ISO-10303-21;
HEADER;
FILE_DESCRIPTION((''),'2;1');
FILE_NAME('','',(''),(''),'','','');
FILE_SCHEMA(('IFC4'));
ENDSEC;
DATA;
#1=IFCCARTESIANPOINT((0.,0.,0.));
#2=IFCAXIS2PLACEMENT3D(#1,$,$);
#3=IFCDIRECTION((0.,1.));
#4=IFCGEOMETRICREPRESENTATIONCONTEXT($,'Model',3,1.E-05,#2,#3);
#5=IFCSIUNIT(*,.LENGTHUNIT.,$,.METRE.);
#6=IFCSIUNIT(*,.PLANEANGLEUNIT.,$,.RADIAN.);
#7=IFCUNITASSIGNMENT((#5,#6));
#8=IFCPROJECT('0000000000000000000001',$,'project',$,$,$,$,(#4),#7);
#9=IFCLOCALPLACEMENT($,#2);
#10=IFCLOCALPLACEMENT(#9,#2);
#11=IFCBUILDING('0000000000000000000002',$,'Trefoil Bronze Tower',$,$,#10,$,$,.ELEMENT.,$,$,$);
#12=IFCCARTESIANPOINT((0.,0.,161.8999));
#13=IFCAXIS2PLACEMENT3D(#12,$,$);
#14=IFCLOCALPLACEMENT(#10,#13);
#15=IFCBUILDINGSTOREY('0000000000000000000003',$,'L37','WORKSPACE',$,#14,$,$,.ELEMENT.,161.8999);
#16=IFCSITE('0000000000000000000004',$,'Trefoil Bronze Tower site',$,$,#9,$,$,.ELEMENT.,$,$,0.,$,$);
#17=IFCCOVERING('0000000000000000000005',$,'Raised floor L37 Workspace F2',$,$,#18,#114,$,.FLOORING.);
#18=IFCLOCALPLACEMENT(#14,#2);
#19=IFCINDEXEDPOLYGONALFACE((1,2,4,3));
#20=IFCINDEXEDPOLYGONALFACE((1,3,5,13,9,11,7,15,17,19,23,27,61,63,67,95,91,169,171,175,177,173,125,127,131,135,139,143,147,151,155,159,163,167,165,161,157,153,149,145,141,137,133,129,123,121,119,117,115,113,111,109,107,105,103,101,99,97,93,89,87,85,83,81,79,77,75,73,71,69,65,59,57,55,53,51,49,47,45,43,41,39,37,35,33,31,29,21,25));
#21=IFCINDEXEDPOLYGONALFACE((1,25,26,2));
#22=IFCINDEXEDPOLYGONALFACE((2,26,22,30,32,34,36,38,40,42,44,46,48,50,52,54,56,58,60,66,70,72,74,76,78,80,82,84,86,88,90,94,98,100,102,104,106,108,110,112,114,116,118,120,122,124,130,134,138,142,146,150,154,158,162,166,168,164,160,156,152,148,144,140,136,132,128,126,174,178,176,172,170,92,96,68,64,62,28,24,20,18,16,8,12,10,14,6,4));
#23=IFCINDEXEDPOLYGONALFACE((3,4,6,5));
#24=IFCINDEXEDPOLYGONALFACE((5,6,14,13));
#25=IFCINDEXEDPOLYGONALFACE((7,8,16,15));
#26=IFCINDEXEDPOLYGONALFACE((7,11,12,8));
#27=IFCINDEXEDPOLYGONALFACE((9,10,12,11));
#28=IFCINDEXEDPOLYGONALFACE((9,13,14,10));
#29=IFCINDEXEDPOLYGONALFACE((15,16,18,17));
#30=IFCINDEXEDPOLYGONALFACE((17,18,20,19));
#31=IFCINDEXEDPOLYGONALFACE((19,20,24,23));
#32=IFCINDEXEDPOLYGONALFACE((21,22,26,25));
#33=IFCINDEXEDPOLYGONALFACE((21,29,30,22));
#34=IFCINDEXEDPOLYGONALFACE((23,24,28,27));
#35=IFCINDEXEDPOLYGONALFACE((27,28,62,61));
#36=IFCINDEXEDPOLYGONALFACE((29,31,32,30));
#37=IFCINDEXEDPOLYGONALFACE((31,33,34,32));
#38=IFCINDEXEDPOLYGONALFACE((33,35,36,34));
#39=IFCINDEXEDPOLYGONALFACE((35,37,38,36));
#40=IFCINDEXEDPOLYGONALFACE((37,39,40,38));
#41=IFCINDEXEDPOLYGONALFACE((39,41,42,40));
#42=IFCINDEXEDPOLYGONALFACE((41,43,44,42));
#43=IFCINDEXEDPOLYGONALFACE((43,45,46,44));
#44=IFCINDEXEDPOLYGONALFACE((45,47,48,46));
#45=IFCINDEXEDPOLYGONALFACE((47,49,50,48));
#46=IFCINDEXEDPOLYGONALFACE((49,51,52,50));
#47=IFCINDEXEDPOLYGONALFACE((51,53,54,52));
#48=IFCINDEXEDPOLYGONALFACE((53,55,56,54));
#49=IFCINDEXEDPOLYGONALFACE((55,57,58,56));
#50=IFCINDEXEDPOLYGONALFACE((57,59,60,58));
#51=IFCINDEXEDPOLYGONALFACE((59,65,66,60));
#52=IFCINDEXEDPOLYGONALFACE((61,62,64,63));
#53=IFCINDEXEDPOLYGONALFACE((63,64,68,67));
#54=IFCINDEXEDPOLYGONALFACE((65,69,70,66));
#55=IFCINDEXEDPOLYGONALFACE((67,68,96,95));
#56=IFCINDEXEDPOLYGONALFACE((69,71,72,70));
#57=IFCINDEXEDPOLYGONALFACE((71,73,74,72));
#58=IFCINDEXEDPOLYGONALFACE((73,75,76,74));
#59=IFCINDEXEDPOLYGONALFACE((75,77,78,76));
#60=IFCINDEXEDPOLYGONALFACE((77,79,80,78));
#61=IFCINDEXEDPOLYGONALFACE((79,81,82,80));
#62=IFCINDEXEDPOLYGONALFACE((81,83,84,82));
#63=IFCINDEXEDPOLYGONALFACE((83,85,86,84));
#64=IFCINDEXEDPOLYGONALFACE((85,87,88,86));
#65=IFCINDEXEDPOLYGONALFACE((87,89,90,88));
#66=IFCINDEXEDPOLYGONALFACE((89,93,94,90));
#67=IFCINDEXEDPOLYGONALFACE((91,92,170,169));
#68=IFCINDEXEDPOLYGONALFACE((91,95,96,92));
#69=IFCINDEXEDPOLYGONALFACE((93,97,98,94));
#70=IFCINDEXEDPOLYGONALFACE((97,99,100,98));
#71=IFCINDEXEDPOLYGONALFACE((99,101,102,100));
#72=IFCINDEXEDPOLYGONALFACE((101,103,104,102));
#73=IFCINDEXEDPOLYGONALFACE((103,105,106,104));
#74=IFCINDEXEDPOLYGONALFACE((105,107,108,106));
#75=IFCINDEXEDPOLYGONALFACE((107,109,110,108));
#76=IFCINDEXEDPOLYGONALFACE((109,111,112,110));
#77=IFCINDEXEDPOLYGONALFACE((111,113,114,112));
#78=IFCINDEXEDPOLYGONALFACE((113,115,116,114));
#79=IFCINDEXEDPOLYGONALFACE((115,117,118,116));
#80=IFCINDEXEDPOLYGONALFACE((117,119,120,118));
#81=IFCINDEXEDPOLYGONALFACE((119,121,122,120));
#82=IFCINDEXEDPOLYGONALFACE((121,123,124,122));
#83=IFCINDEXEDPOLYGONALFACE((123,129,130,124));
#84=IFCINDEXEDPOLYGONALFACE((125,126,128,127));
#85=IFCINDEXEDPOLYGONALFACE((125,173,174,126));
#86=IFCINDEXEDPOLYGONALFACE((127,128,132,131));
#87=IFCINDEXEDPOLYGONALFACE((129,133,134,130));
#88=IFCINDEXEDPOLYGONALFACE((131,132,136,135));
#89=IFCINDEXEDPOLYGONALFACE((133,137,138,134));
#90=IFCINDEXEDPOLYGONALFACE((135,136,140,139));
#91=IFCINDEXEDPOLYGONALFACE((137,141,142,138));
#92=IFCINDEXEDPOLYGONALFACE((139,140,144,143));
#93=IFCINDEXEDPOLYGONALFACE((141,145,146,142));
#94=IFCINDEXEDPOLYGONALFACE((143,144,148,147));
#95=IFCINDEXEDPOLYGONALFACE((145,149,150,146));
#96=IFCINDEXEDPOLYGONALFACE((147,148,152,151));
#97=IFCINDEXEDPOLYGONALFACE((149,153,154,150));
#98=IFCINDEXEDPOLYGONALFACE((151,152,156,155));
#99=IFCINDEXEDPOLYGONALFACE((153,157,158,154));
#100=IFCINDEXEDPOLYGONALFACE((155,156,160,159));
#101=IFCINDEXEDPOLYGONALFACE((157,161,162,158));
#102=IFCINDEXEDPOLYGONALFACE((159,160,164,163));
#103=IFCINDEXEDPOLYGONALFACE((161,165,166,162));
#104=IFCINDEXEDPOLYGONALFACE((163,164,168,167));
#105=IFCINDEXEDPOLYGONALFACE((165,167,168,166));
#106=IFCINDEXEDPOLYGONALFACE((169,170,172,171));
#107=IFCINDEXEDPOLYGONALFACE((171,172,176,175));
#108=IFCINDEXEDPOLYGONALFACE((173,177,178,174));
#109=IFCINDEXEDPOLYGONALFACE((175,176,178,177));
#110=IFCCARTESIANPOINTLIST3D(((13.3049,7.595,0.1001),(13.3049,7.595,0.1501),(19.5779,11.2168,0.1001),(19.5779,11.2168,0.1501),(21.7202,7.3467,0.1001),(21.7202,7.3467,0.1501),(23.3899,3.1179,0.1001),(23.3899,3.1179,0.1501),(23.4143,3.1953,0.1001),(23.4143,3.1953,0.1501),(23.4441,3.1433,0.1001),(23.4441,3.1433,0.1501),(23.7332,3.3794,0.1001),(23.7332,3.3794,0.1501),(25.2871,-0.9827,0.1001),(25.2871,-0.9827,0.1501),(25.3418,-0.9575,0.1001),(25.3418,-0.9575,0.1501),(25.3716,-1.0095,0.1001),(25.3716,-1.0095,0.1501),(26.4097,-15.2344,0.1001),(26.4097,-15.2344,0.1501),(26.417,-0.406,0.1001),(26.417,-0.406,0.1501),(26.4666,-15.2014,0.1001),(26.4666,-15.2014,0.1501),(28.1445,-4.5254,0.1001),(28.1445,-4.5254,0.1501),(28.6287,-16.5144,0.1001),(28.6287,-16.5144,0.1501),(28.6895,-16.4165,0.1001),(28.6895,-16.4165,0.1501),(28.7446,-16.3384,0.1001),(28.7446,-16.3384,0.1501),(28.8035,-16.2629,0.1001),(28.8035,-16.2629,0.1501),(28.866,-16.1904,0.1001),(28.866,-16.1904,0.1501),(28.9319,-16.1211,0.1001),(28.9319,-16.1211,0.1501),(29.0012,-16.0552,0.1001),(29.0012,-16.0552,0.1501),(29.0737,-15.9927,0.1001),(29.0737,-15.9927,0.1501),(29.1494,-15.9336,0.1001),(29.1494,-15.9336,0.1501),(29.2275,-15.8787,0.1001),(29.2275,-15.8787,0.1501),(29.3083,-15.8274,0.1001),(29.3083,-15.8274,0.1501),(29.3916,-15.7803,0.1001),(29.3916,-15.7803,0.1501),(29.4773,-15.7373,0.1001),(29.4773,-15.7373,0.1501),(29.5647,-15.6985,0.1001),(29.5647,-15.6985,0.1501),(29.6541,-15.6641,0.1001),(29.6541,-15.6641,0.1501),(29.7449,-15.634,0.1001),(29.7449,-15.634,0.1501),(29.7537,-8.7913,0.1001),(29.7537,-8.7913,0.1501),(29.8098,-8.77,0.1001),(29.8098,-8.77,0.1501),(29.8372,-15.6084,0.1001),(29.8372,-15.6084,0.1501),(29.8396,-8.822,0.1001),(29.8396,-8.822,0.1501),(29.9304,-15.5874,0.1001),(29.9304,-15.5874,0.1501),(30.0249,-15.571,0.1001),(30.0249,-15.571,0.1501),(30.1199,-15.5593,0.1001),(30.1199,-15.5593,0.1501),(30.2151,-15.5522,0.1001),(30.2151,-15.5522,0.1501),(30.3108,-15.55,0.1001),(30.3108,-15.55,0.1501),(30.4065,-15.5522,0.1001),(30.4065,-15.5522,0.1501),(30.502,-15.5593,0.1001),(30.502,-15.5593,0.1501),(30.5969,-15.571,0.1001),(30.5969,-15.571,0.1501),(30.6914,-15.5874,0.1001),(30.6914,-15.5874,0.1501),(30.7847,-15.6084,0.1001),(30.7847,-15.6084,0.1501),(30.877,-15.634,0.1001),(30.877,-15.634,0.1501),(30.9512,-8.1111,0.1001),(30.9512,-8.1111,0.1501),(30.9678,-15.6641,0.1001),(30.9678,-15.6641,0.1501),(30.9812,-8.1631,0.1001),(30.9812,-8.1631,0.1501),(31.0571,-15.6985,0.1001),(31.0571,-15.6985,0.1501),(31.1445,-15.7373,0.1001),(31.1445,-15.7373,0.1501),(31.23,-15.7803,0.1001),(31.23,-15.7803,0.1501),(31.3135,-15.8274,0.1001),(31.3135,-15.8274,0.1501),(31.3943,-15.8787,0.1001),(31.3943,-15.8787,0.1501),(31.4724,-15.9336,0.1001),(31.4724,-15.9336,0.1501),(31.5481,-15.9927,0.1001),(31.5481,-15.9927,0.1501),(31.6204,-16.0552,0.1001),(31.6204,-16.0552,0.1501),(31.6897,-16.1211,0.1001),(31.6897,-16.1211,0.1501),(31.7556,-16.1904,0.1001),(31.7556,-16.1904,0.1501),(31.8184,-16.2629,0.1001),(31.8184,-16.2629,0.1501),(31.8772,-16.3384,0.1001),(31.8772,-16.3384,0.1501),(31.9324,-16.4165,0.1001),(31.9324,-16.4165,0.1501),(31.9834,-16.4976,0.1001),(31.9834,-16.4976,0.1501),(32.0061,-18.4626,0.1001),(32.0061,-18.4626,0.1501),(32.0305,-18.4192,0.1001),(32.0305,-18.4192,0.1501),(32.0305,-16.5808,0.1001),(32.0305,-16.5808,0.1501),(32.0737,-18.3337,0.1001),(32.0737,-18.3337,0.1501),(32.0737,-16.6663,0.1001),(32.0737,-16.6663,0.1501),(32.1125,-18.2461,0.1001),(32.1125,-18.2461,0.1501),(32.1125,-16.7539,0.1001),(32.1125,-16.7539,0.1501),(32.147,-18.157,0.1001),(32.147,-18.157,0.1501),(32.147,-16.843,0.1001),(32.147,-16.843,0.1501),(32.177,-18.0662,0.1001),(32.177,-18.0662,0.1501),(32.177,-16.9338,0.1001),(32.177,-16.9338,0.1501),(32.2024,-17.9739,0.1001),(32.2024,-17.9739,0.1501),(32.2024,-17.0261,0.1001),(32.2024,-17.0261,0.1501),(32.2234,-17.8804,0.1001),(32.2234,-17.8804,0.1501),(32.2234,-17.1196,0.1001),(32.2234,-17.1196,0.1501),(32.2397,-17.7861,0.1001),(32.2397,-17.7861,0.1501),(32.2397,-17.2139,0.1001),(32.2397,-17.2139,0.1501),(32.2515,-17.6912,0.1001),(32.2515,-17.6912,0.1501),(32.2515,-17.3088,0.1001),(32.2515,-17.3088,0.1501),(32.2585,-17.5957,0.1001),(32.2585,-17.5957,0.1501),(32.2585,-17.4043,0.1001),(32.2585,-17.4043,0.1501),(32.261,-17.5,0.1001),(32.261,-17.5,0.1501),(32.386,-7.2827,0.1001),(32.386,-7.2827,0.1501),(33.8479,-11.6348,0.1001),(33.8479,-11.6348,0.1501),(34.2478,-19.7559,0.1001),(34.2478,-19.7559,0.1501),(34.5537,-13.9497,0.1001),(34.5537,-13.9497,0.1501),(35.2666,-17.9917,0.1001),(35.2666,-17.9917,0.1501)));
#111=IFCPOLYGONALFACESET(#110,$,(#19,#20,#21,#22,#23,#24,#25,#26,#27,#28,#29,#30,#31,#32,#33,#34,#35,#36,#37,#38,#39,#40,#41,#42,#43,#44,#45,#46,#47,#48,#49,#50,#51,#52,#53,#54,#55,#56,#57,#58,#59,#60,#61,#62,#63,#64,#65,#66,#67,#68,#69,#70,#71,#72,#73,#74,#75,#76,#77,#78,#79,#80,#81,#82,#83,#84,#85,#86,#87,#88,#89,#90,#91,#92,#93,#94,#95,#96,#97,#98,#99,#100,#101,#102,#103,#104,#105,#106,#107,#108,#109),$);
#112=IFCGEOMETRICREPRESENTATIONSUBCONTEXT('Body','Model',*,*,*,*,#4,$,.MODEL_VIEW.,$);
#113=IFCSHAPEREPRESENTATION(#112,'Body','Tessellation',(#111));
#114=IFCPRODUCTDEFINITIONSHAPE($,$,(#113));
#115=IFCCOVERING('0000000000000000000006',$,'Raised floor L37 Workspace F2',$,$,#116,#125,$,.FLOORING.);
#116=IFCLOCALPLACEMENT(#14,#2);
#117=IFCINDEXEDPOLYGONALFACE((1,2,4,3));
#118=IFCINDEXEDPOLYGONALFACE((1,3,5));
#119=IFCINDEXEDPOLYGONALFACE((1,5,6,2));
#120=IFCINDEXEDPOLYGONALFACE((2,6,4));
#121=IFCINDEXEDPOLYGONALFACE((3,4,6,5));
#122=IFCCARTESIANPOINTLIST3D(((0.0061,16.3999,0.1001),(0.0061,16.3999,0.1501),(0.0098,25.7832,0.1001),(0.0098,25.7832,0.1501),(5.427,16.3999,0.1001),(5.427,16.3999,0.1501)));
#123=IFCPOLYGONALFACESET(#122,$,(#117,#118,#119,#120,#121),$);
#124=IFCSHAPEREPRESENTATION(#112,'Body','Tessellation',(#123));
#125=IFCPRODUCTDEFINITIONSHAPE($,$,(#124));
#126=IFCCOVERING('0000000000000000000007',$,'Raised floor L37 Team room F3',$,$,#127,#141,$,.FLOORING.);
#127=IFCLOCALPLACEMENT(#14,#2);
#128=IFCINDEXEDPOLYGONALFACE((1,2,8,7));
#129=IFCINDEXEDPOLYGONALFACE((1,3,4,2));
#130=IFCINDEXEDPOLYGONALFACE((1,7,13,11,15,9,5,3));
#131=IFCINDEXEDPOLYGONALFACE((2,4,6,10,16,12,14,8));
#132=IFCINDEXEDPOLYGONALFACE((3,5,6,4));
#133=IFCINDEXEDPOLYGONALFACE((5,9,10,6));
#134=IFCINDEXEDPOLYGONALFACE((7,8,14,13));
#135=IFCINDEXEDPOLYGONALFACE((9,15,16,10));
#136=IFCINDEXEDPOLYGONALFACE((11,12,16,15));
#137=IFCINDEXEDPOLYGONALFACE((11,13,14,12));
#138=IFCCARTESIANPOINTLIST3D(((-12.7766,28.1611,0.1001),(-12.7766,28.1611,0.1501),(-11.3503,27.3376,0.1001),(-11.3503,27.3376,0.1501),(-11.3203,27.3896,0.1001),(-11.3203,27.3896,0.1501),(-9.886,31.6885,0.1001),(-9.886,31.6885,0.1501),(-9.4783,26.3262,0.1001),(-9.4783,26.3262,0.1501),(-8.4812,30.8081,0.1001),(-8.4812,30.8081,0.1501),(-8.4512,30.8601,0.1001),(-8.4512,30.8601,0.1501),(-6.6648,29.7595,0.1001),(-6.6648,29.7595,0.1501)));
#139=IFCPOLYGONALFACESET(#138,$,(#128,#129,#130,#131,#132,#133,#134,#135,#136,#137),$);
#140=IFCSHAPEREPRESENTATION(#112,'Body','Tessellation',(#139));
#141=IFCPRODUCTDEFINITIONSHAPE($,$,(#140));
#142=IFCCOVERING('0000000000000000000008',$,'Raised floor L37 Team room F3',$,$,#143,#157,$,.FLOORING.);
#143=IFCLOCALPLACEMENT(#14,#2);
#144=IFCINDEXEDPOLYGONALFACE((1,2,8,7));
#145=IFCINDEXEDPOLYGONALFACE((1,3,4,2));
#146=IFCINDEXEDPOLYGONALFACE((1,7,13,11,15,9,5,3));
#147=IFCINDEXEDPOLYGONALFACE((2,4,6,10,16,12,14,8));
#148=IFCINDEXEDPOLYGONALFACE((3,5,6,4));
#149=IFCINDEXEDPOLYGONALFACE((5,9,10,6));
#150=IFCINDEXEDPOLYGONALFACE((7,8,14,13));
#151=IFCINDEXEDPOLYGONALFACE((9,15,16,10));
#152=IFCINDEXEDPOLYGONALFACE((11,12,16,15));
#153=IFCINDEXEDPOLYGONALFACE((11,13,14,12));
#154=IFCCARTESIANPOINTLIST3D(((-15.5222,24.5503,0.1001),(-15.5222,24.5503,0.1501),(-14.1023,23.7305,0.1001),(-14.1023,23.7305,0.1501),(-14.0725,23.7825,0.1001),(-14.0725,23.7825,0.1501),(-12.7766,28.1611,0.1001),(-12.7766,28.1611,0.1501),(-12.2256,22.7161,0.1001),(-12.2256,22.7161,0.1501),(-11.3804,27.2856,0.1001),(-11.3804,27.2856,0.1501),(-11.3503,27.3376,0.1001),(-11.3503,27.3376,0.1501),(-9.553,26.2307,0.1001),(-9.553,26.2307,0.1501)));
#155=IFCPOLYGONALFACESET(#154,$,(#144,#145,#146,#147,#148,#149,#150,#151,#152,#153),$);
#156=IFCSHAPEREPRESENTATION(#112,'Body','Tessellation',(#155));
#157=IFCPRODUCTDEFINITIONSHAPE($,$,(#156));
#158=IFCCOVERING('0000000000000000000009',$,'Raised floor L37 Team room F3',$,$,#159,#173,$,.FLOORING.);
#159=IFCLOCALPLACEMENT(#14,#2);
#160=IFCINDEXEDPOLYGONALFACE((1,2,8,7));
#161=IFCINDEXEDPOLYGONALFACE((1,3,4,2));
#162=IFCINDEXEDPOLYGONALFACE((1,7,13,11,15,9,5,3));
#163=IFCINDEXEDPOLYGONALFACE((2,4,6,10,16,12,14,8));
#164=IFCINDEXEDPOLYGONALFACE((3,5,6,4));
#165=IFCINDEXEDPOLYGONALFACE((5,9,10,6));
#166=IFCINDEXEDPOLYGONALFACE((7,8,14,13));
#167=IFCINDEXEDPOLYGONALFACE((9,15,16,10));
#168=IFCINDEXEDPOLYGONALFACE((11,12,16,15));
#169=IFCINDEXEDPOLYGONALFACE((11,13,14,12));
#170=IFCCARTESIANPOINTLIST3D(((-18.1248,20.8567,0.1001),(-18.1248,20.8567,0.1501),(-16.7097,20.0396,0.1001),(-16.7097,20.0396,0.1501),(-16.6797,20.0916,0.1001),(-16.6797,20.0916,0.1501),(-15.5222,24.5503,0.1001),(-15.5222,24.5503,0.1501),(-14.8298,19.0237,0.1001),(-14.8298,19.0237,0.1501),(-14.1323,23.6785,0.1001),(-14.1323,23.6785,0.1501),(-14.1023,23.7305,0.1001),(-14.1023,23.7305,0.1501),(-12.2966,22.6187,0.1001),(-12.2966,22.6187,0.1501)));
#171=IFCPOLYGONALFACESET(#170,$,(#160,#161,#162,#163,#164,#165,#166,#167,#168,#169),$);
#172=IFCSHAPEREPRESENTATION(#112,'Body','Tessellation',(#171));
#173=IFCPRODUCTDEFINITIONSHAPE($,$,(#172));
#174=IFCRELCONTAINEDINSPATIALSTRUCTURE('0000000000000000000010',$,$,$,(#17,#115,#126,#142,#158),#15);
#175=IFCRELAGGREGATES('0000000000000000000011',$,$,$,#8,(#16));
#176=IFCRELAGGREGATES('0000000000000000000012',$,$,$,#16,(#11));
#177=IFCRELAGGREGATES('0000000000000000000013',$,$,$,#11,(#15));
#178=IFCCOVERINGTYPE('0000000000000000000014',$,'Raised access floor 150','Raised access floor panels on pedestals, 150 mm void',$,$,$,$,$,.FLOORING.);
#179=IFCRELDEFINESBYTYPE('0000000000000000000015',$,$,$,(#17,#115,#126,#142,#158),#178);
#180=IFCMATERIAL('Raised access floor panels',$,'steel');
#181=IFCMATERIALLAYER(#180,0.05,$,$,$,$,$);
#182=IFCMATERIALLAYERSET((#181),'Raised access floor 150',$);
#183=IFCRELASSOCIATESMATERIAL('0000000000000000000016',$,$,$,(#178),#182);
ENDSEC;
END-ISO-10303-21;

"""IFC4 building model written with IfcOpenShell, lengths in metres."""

from ifc_helpers import new_model, si_unit, direction, frame, origin, place, context, subcontext, project, spatial, polyline, outline, extrude, material, layer, layer_set, type_object, element, save


model = new_model("IFC4")

# Units and contexts
model_context = context("Model", 3, precision=1e-05, world=origin(), true_north=direction((0.0, 1.0)))
body_context = subcontext(model_context, "Body", "Model", "MODEL_VIEW")
ifc_project = project(units=[si_unit("LENGTHUNIT", "METRE"), si_unit("PLANEANGLEUNIT", "RADIAN")], contexts=[model_context])

# Site, building, storey
site_placement = place(None, origin())
site = spatial("IfcSite", under=ifc_project, at=site_placement, Name="Trefoil Bronze Tower site", CompositionType="ELEMENT", RefElevation=0.0)
building_placement = place(site_placement, origin())
building = spatial("IfcBuilding", under=site, at=building_placement, Name="Trefoil Bronze Tower", CompositionType="ELEMENT")
storey_placement = place(building_placement, frame((0.0, 0.0, 161.8999)))
storey = spatial("IfcBuildingStorey", under=building, at=storey_placement, Name="L37", Description="WORKSPACE", CompositionType="ELEMENT", Elevation=161.8999)

# Coverings
ifc_material_1 = material(Name="Raised access floor panels", Category="steel")
ifc_layer_1 = layer(ifc_material_1, 0.05)
ifc_layer_set_1 = layer_set([ifc_layer_1], Name="Raised access floor 150")
covering_type_1 = type_object("IfcCoveringType", Name="Raised access floor 150", Description="Raised access floor panels on pedestals, 150 mm void", PredefinedType="FLOORING", material=ifc_layer_set_1)
covering_1_placement = place(storey_placement, frame((0.0, 0.0, 0.1001)))
element("IfcCovering", 1, at=covering_1_placement, inside=storey, type_object=covering_type_1, Name="Raised floor L37 Workspace F2", PredefinedType="FLOORING", context=body_context, shape_type="SweptSolid", body=[
    extrude(outline(polyline([(26.4097, -15.2344), (26.4666, -15.2014), (13.3049, 7.595), (19.5779, 11.2168), (21.7202, 7.3467), (23.7332, 3.3794), (23.4143, 3.1953), (23.4441, 3.1433), (23.3899, 3.1179), (25.2871, -0.9827), (25.3418, -0.9575), (25.3716, -1.0095), (26.417, -0.406), (28.1445, -4.5254), (29.7537, -8.7913), (29.8098, -8.77), (29.8396, -8.822), (30.9812, -8.1631), (30.9512, -8.1111), (32.386, -7.2827), (33.8479, -11.6348), (34.5537, -13.9497), (35.2666, -17.9917), (34.2478, -19.7559), (32.0061, -18.4626), (32.0305, -18.4192), (32.0737, -18.3337), (32.1125, -18.2461), (32.147, -18.157), (32.177, -18.0662), (32.2024, -17.9739), (32.2234, -17.8804), (32.2397, -17.7861), (32.2515, -17.6912), (32.2585, -17.5957), (32.261, -17.5), (32.2585, -17.4043), (32.2515, -17.3088), (32.2397, -17.2139), (32.2234, -17.1196), (32.2024, -17.0261), (32.177, -16.9338), (32.147, -16.843), (32.1125, -16.7539), (32.0737, -16.6663), (32.0305, -16.5808), (31.9834, -16.4976), (31.9324, -16.4165), (31.8772, -16.3384), (31.8184, -16.2629), (31.7556, -16.1904), (31.6897, -16.1211), (31.6204, -16.0552), (31.5481, -15.9927), (31.4724, -15.9336), (31.3943, -15.8787), (31.3135, -15.8274), (31.23, -15.7803), (31.1445, -15.7373), (31.0571, -15.6985), (30.9678, -15.6641), (30.877, -15.634), (30.7847, -15.6084), (30.6914, -15.5874), (30.5969, -15.571), (30.502, -15.5593), (30.4065, -15.5522), (30.3108, -15.55), (30.2151, -15.5522), (30.1199, -15.5593), (30.0249, -15.571), (29.9304, -15.5874), (29.8372, -15.6084), (29.7449, -15.634), (29.6541, -15.6641), (29.5647, -15.6985), (29.4773, -15.7373), (29.3916, -15.7803), (29.3083, -15.8274), (29.2275, -15.8787), (29.1494, -15.9336), (29.0737, -15.9927), (29.0012, -16.0552), (28.9319, -16.1211), (28.866, -16.1904), (28.8035, -16.2629), (28.7446, -16.3384), (28.6895, -16.4165), (28.6287, -16.5144), (26.4097, -15.2344)])), origin(), (0.0, 0.0, 1.0), 0.05),
])
covering_2_placement = place(storey_placement, frame((0.0, 0.0, 0.1001)))
element("IfcCovering", 2, at=covering_2_placement, inside=storey, type_object=covering_type_1, Name="Raised floor L37 Workspace F2", PredefinedType="FLOORING", context=body_context, shape_type="SweptSolid", body=[
    extrude(outline(polyline([(0.0061, 16.3999), (0.0098, 25.7832), (5.427, 16.3999), (0.0061, 16.3999)])), origin(), (0.0, 0.0, 1.0), 0.05),
])
covering_3_placement = place(storey_placement, frame((0.0, 0.0, 0.1001)))
element("IfcCovering", 3, at=covering_3_placement, inside=storey, type_object=covering_type_1, Name="Raised floor L37 Team room F3", PredefinedType="FLOORING", context=body_context, shape_type="SweptSolid", body=[
    extrude(outline(polyline([(-12.7766, 28.1611), (-9.886, 31.6885), (-8.4512, 30.8601), (-8.4812, 30.8081), (-6.6648, 29.7595), (-9.4783, 26.3262), (-11.3203, 27.3896), (-11.3503, 27.3376), (-12.7766, 28.1611)])), origin(), (0.0, 0.0, 1.0), 0.05),
])
covering_4_placement = place(storey_placement, frame((0.0, 0.0, 0.1001)))
element("IfcCovering", 4, at=covering_4_placement, inside=storey, type_object=covering_type_1, Name="Raised floor L37 Team room F3", PredefinedType="FLOORING", context=body_context, shape_type="SweptSolid", body=[
    extrude(outline(polyline([(-15.5222, 24.5503), (-12.7766, 28.1611), (-11.3503, 27.3376), (-11.3804, 27.2856), (-9.553, 26.2307), (-12.2256, 22.7161), (-14.0725, 23.7825), (-14.1023, 23.7305), (-15.5222, 24.5503)])), origin(), (0.0, 0.0, 1.0), 0.05),
])
covering_5_placement = place(storey_placement, frame((0.0, 0.0, 0.1001)))
element("IfcCovering", 5, at=covering_5_placement, inside=storey, type_object=covering_type_1, Name="Raised floor L37 Team room F3", PredefinedType="FLOORING", context=body_context, shape_type="SweptSolid", body=[
    extrude(outline(polyline([(-15.5222, 24.5503), (-14.1023, 23.7305), (-14.1323, 23.6785), (-12.2966, 22.6187), (-14.8298, 19.0237), (-16.6797, 20.0916), (-16.7097, 20.0396), (-18.1248, 20.8567), (-15.5222, 24.5503)])), origin(), (0.0, 0.0, 1.0), 0.05),
])

save(model, "model.ifc")
